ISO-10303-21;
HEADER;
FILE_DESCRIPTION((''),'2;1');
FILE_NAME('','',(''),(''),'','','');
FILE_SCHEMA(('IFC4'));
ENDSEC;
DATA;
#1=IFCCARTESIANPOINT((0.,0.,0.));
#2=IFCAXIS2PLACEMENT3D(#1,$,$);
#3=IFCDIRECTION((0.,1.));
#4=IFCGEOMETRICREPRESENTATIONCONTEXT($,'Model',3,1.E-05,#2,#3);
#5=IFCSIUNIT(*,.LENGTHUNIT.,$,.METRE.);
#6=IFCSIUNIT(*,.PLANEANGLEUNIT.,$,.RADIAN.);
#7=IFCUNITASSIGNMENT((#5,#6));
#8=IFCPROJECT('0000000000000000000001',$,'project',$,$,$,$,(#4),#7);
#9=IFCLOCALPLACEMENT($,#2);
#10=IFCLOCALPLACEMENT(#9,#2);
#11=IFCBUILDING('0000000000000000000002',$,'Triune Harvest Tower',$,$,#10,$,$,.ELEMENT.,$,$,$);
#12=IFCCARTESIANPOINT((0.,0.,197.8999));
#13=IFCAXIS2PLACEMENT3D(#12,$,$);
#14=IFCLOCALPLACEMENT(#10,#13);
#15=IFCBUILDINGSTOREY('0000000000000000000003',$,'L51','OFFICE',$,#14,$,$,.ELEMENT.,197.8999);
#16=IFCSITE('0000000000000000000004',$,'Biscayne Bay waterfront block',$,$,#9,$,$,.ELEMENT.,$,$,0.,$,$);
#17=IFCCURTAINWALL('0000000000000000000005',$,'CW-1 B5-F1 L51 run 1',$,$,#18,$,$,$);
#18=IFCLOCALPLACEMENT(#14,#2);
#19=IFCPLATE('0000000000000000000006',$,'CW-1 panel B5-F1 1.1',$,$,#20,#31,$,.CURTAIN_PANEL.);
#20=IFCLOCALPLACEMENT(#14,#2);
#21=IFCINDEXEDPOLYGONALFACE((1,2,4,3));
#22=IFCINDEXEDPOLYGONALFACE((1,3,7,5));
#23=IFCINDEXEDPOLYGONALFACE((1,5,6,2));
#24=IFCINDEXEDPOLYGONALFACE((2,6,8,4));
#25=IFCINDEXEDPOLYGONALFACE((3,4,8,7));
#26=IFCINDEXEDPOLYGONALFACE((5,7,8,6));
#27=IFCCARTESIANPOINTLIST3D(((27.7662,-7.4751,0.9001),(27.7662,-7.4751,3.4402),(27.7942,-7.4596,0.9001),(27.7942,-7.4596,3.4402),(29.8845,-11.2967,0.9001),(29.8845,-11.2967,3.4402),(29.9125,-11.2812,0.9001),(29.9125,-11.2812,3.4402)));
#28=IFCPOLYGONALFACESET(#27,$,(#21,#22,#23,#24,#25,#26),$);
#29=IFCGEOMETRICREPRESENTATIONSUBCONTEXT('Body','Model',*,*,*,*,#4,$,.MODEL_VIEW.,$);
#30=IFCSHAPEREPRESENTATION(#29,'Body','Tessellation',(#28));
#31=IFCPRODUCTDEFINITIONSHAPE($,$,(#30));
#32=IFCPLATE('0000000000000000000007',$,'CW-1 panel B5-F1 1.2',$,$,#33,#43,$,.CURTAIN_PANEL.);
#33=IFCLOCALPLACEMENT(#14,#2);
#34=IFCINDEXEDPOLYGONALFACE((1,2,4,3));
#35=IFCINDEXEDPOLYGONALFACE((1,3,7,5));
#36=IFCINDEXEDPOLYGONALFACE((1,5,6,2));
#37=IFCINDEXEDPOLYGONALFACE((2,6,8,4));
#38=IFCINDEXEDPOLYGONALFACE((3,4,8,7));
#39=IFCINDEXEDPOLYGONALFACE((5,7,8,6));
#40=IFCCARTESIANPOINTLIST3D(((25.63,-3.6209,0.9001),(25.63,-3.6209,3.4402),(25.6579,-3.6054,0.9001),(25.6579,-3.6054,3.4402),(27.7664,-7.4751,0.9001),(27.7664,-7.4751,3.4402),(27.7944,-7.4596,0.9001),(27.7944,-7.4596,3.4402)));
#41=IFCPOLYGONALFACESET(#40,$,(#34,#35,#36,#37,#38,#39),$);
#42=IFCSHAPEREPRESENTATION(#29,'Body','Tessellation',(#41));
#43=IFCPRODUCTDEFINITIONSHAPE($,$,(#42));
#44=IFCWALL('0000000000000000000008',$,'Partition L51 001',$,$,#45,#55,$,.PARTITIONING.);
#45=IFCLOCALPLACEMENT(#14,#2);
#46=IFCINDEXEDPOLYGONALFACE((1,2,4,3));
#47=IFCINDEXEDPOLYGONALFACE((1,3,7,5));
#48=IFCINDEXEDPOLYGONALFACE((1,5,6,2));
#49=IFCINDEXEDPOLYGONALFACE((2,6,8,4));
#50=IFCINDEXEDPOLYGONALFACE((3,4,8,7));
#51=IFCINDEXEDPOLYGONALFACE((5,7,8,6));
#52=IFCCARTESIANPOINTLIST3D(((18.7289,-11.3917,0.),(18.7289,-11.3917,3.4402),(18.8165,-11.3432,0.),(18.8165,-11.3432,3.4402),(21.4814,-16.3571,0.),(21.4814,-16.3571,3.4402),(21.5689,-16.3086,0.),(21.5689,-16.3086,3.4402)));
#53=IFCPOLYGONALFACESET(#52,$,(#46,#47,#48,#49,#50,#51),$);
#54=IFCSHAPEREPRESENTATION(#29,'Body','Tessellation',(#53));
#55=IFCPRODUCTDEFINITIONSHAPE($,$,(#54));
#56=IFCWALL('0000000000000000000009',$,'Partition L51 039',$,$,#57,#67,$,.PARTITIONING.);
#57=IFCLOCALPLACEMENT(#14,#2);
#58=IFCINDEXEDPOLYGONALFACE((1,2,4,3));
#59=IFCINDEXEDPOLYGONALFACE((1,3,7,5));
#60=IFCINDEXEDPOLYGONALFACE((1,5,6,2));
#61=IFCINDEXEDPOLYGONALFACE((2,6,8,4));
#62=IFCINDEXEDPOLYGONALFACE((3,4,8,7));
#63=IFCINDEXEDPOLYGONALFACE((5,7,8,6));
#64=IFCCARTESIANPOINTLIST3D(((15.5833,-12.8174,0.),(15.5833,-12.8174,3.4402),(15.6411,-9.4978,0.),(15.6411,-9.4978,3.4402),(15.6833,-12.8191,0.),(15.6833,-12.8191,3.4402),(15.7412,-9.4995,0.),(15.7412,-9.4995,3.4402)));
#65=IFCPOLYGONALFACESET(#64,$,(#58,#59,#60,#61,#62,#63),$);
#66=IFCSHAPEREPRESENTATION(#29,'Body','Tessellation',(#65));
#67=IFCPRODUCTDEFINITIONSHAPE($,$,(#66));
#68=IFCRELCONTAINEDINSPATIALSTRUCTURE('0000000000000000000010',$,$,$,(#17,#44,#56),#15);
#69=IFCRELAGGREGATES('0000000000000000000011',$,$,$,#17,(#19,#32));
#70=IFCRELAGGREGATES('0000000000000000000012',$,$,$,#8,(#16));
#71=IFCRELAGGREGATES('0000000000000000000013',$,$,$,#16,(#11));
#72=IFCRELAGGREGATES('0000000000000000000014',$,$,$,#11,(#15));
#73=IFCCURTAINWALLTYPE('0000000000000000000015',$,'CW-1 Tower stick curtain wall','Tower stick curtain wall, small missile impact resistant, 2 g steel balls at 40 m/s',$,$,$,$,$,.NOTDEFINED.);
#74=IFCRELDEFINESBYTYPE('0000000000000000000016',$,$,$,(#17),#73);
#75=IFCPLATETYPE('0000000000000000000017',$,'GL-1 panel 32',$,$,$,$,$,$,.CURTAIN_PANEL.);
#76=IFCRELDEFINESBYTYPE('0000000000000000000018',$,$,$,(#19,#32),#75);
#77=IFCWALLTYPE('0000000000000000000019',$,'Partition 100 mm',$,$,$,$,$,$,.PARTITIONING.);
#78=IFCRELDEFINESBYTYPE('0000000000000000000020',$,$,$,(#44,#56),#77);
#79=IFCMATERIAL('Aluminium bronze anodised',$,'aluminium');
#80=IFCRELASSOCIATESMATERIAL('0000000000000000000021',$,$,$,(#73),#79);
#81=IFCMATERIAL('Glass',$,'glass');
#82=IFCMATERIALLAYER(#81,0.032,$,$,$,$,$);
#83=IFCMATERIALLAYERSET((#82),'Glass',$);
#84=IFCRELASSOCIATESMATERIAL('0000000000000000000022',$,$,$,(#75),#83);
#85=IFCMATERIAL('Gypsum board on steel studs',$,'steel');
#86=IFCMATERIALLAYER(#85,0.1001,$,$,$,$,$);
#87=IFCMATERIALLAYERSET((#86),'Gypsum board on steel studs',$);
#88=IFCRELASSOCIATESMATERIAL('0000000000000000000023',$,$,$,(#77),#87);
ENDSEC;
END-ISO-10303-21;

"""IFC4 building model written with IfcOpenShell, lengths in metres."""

from ifc_helpers import new_model, si_unit, direction, frame, frame_2d, origin, origin_2d, place, context, subcontext, project, spatial, rectangle, extrude, source, transform, mapped, material, layer, layer_set, type_object, element, aggregate, save


model = new_model("IFC4")

# Units and contexts
model_context = context("Model", 3, precision=1e-05, world=origin(), true_north=direction((0.0, 1.0)))
body_context = subcontext(model_context, "Body", "Model", "MODEL_VIEW")
ifc_project = project(units=[si_unit("LENGTHUNIT", "METRE"), si_unit("PLANEANGLEUNIT", "RADIAN")], contexts=[model_context])

# Site, building, storey
site_placement = place(None, origin())
site = spatial("IfcSite", under=ifc_project, at=site_placement, Name="Biscayne Bay waterfront block", CompositionType="ELEMENT", RefElevation=0.0)
building_placement = place(site_placement, origin())
building = spatial("IfcBuilding", under=site, at=building_placement, Name="Triune Harvest Tower", CompositionType="ELEMENT")
storey_placement = place(building_placement, frame((0.0, 0.0, 197.8999)))
storey = spatial("IfcBuildingStorey", under=building, at=storey_placement, Name="L51", Description="OFFICE", CompositionType="ELEMENT", Elevation=197.8999)

# Curtain wall
ifc_material_1 = material(Name="Aluminium bronze anodised", Category="aluminium")
curtain_wall_type = type_object("IfcCurtainWallType", Name="CW-1 Tower stick curtain wall", Description="Tower stick curtain wall, small missile impact resistant, 2 g steel balls at 40 m/s", PredefinedType="NOTDEFINED", material=ifc_material_1)
curtain_wall_1_placement = place(storey_placement, origin())
curtain_wall_1 = element("IfcCurtainWall", 1, at=curtain_wall_1_placement, inside=storey, type_object=curtain_wall_type, Name="CW-1 B5-F1 L51 run 1")

# Plates
ifc_material_2 = material(Name="Glass", Category="glass")
ifc_layer_1 = layer(ifc_material_2, 0.032)
ifc_layer_set_1 = layer_set([ifc_layer_1], Name="Glass")
plate_type = type_object("IfcPlateType", Name="GL-1 panel 32", PredefinedType="CURTAIN_PANEL", material=ifc_layer_set_1)
shared_shape_1 = source(origin(), body_context, "Body", "SweptSolid", [
    extrude(rectangle(XDim=4.3694, YDim=0.032, at=origin_2d()), origin(), (0.0, 0.0, 1.0), 2.54),
])
plate_1_placement = place(storey_placement, frame((28.8394, -9.3782, 0.9001), z_axis=(0.0, 0.0, 1.0), x_axis=(-0.484808, 0.874621, 0.0)))
plate_1 = element("IfcPlate", 2, at=plate_1_placement, type_object=plate_type, Name="CW-1 panel B5-F1 1.1", PredefinedType="CURTAIN_PANEL", context=body_context, shape_type="MappedRepresentation", body=[
    mapped(shared_shape_1, transform((0.0, 0.0, 0.0), scale=1.0)),
])
shared_shape_2 = source(origin(), body_context, "Body", "SweptSolid", [
    extrude(rectangle(XDim=4.4067, YDim=0.032, at=origin_2d()), origin(), (0.0, 0.0, 1.0), 2.54),
])
plate_2_placement = place(storey_placement, frame((26.7122, -5.5403, 0.9001), z_axis=(0.0, 0.0, 1.0), x_axis=(-0.484808, 0.874621, 0.0)))
plate_2 = element("IfcPlate", 3, at=plate_2_placement, type_object=plate_type, Name="CW-1 panel B5-F1 1.2", PredefinedType="CURTAIN_PANEL", context=body_context, shape_type="MappedRepresentation", body=[
    mapped(shared_shape_2, transform((0.0, 0.0, 0.0), scale=1.0)),
])
aggregate(curtain_wall_1, [plate_1, plate_2])

# Walls
ifc_material_3 = material(Name="Gypsum board on steel studs", Category="steel")
ifc_layer_2 = layer(ifc_material_3, 0.1001)
ifc_layer_set_2 = layer_set([ifc_layer_2], Name="Gypsum board on steel studs")
wall_type = type_object("IfcWallType", Name="Partition 100 mm", PredefinedType="PARTITIONING", material=ifc_layer_set_2)
wall_1_placement = place(storey_placement, frame((18.7727, -11.3674, 0.0), z_axis=(0.0, 0.0, 1.0), x_axis=(0.484825, -0.874611, 0.0)))
element("IfcWall", 4, at=wall_1_placement, inside=storey, type_object=wall_type, Name="Partition L51 001", PredefinedType="PARTITIONING", context=body_context, shape_type="SweptSolid", body=[
    extrude(rectangle(XDim=5.6772, YDim=0.1001, at=frame_2d((2.8386, 0.0))), origin(), (0.0, 0.0, 1.0), 3.4402),
])
wall_2_placement = place(storey_placement, frame((15.6333, -12.8184, 0.0), z_axis=(0.0, 0.0, 1.0), x_axis=(0.017428, 0.999848, 0.0)))
element("IfcWall", 5, at=wall_2_placement, inside=storey, type_object=wall_type, Name="Partition L51 039", PredefinedType="PARTITIONING", context=body_context, shape_type="SweptSolid", body=[
    extrude(rectangle(XDim=3.3201, YDim=0.1001, at=frame_2d((1.6602, 0.0))), origin(), (0.0, 0.0, 1.0), 3.4402),
])

save(model, "model.ifc")
